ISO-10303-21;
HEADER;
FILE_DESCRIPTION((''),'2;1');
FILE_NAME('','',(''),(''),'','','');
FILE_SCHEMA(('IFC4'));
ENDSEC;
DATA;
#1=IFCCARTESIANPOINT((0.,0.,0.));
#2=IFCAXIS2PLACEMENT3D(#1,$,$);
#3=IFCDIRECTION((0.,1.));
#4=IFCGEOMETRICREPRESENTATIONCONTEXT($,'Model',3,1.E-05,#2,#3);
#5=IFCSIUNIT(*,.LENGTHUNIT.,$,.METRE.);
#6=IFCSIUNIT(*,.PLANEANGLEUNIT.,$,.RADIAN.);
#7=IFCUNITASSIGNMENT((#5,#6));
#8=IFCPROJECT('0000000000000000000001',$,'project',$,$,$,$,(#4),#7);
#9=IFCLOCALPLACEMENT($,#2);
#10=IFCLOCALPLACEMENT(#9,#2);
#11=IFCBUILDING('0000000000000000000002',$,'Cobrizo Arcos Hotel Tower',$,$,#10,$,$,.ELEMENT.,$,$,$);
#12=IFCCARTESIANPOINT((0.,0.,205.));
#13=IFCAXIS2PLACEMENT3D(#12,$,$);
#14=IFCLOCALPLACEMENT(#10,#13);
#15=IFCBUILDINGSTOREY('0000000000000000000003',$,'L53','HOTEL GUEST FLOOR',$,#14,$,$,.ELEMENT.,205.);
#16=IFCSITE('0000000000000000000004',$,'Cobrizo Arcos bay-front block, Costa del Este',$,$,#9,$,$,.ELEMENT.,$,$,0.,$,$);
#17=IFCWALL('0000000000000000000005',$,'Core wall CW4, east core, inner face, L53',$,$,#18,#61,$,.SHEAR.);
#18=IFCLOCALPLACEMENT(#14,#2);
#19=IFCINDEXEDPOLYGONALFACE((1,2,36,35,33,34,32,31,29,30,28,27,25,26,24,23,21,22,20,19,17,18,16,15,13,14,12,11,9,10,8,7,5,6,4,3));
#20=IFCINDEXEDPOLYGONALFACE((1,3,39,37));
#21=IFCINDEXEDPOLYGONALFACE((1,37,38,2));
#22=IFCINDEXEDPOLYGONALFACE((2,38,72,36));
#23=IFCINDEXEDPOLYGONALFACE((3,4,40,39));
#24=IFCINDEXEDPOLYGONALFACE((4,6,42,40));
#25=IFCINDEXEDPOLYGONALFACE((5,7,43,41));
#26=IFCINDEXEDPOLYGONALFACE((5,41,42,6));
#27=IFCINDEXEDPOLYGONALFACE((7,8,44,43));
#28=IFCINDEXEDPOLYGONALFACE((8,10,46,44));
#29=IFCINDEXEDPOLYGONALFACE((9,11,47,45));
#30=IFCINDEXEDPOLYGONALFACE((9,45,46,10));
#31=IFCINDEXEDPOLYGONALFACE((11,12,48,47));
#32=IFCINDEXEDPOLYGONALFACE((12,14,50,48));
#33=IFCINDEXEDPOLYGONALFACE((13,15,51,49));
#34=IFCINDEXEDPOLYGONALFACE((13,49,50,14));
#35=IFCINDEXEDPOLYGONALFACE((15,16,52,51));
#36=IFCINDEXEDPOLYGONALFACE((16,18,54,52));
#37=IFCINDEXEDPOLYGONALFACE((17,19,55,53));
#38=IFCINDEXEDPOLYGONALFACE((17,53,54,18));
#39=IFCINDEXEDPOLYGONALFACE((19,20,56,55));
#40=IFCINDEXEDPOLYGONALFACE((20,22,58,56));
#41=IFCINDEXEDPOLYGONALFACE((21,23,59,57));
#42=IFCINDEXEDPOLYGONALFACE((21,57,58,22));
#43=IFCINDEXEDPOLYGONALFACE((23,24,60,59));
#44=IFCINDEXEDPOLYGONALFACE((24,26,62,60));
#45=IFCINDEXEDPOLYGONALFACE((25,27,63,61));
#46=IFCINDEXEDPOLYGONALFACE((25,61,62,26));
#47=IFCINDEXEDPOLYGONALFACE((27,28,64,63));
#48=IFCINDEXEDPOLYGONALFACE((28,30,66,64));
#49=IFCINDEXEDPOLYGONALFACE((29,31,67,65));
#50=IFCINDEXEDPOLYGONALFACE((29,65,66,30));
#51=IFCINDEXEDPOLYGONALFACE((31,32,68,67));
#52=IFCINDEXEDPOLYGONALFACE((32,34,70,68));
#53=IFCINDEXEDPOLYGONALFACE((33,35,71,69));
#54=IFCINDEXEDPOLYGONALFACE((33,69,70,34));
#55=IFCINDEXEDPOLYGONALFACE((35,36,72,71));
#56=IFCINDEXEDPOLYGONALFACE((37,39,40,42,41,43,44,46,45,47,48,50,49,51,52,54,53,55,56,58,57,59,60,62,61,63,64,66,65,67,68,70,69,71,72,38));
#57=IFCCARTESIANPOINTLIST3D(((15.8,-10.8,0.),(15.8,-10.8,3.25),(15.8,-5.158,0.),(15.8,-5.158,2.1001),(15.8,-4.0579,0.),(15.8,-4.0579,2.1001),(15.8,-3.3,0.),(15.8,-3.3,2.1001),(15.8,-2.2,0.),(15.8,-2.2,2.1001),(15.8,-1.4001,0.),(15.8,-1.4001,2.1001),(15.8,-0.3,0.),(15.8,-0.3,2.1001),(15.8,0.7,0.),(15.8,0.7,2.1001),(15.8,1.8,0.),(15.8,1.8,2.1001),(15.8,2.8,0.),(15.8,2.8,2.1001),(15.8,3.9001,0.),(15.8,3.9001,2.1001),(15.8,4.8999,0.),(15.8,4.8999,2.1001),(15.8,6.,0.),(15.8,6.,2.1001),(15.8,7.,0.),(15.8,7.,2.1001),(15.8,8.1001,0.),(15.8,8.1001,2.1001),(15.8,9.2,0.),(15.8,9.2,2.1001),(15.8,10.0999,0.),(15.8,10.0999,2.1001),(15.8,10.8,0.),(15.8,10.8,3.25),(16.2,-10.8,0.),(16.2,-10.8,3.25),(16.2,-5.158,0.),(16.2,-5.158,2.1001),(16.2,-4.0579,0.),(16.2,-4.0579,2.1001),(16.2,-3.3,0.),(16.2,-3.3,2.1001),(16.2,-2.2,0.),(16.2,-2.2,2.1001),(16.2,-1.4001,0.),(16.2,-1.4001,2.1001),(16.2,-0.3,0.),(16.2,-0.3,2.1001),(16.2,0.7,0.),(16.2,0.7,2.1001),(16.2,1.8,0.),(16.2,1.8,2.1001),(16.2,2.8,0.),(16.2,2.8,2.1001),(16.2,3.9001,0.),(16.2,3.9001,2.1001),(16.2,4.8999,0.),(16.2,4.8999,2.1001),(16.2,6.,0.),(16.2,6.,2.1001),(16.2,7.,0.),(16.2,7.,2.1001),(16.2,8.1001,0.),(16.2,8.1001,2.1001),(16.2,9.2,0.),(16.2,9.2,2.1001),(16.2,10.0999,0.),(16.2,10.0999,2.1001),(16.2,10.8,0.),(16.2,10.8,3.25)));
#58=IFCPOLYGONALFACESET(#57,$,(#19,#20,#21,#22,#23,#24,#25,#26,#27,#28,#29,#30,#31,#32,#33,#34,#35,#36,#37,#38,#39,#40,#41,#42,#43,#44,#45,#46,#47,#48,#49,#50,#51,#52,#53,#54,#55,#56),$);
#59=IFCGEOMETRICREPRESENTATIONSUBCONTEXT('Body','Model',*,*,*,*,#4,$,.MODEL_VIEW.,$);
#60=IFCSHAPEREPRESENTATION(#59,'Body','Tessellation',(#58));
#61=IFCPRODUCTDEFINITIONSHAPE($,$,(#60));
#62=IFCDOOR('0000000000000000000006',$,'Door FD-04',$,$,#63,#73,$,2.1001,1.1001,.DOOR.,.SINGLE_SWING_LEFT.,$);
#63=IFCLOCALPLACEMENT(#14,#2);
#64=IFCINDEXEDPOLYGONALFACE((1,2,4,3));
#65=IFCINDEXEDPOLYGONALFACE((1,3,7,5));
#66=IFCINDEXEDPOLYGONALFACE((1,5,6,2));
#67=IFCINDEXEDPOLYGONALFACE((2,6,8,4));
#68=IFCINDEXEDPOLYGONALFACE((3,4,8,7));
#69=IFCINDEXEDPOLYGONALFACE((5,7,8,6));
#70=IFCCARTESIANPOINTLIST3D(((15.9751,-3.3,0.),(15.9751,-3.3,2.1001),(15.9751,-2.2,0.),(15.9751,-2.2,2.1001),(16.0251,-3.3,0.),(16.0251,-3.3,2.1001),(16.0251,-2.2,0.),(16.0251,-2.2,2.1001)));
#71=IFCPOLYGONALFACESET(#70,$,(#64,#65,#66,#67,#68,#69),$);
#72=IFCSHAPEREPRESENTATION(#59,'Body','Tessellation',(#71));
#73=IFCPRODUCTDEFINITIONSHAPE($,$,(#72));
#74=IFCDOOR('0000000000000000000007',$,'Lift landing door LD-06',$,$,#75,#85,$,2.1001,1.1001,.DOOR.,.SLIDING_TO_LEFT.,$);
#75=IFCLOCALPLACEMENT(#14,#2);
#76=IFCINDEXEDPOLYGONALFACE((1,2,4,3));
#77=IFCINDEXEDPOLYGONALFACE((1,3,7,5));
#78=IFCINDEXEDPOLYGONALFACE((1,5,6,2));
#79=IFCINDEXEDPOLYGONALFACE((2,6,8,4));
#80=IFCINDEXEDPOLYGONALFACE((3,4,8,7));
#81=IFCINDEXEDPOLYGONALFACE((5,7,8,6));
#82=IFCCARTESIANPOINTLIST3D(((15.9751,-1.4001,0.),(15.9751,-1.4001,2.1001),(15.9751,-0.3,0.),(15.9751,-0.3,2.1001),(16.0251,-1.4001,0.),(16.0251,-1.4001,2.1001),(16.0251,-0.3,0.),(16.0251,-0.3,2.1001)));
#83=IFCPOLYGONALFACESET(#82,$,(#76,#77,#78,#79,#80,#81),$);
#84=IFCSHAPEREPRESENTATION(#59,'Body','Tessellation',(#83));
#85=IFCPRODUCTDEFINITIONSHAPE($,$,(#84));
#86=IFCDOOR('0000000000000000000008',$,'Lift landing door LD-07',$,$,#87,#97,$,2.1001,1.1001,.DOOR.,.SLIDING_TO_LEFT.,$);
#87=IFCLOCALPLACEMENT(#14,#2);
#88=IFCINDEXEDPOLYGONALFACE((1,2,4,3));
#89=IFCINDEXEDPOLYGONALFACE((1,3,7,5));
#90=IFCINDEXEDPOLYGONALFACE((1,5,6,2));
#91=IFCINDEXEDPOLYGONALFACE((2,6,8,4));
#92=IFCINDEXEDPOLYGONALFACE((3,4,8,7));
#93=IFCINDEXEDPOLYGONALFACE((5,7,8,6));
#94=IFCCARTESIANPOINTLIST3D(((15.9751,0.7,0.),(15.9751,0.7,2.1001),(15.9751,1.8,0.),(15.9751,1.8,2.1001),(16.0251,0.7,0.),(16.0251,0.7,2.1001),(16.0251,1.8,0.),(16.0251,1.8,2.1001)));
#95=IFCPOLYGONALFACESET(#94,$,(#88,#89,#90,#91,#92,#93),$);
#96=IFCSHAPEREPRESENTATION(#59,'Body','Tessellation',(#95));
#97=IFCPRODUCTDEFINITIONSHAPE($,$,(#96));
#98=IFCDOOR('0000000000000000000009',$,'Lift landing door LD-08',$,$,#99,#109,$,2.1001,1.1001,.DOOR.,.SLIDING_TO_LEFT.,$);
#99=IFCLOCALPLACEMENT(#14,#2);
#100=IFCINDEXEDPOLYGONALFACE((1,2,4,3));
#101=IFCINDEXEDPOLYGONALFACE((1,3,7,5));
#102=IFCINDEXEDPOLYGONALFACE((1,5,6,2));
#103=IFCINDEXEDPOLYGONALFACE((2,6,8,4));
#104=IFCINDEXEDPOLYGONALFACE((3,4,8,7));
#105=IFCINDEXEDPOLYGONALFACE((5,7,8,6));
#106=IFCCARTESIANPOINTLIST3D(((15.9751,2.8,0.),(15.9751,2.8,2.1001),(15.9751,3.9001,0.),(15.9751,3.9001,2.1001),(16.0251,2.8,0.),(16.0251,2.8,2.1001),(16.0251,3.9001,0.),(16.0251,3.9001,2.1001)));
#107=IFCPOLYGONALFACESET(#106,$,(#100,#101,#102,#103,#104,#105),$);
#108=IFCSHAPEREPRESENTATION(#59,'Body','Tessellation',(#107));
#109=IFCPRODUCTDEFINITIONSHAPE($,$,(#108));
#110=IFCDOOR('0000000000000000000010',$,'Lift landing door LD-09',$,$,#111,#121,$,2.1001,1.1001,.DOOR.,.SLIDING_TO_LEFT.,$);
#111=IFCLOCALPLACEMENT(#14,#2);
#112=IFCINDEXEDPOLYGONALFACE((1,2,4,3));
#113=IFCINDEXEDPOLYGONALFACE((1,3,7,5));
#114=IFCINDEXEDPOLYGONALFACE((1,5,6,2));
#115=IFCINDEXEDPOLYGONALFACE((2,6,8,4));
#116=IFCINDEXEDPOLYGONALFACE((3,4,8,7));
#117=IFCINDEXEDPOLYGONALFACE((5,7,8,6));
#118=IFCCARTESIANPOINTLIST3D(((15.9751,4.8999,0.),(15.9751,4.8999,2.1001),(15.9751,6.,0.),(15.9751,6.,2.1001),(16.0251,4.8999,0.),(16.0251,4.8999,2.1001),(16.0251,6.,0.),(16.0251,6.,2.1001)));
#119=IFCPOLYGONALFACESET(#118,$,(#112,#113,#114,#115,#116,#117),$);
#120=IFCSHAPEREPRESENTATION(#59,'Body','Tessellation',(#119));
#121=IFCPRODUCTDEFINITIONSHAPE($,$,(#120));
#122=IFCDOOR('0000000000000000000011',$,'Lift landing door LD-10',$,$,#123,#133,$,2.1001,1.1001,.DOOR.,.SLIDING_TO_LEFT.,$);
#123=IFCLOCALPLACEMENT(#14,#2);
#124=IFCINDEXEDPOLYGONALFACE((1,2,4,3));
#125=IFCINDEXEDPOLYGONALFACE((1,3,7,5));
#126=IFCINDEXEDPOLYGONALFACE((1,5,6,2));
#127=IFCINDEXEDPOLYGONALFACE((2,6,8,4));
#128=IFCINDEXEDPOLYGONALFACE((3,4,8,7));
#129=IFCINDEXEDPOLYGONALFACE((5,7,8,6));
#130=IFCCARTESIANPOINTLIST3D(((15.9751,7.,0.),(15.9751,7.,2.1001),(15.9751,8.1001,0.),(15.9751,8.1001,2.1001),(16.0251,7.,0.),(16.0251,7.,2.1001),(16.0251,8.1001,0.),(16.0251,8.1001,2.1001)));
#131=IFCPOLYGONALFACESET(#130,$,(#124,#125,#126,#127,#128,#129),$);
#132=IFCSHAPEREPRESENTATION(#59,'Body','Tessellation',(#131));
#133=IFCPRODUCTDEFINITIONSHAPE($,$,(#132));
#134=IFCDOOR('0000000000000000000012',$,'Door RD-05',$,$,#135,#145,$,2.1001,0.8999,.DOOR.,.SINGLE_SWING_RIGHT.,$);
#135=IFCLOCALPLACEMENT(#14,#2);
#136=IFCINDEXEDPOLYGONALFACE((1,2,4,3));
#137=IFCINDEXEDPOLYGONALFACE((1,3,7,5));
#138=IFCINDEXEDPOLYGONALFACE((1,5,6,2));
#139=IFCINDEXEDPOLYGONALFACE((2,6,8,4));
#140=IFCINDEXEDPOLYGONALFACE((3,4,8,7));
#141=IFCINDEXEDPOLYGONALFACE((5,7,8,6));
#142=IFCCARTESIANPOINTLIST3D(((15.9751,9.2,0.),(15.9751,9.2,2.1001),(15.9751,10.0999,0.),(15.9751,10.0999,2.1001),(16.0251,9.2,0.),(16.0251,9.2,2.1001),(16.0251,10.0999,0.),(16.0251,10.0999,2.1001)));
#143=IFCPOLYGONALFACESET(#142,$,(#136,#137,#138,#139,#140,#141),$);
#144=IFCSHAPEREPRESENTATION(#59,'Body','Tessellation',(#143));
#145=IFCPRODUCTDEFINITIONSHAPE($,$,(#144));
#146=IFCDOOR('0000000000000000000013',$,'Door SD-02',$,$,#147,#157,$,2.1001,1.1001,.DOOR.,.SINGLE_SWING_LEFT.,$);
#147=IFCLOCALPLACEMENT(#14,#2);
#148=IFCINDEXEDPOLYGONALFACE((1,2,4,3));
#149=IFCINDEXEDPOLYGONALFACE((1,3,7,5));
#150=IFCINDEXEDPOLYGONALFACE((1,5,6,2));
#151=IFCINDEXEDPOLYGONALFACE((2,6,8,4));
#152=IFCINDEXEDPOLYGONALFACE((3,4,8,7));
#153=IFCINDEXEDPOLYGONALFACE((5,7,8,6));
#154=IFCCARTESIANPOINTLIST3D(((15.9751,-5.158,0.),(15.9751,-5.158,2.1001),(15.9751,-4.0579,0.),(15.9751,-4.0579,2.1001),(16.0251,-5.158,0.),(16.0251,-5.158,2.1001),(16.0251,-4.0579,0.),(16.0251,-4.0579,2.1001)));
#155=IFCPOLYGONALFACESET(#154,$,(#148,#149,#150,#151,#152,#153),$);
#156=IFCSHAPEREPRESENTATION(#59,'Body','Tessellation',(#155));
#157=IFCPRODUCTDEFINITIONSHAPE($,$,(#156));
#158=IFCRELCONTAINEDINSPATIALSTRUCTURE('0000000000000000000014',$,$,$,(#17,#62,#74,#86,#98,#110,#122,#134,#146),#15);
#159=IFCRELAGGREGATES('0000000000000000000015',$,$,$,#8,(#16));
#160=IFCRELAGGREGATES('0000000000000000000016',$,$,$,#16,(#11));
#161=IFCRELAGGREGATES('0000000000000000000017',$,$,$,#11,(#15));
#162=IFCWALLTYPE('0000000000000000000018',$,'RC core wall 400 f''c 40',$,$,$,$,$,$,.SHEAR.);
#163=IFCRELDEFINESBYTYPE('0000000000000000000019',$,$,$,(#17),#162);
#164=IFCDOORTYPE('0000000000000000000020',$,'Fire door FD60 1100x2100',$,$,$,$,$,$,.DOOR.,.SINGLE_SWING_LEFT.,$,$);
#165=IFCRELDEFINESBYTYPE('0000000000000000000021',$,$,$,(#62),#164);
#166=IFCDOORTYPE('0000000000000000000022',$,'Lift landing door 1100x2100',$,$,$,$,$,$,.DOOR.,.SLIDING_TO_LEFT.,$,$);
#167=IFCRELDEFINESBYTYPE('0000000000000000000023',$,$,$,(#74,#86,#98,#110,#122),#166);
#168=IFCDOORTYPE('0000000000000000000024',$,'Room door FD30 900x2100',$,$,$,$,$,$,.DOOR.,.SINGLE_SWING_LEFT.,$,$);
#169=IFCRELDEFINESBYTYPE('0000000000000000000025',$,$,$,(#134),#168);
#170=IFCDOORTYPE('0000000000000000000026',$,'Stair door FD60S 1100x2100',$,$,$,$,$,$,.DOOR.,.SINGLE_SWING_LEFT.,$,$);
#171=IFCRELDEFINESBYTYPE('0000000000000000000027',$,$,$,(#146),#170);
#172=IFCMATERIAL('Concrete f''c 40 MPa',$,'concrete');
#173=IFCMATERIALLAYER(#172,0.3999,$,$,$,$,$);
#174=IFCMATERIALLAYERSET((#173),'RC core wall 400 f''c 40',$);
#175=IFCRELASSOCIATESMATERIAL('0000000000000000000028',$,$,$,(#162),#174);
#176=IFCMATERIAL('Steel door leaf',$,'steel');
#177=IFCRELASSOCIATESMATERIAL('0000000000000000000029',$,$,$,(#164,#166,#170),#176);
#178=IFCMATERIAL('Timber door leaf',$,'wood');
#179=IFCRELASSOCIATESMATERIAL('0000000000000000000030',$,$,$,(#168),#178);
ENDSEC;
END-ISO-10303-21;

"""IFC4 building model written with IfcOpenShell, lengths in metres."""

from ifc_helpers import new_model, si_unit, direction, frame, frame_2d, origin, place, context, subcontext, project, spatial, rectangle, extrude, material, layer, layer_set, type_object, element, fill, save


model = new_model("IFC4")

# Units and contexts
model_context = context("Model", 3, precision=1e-05, world=origin(), true_north=direction((0.0, 1.0)))
body_context = subcontext(model_context, "Body", "Model", "MODEL_VIEW")
ifc_project = project(units=[si_unit("LENGTHUNIT", "METRE"), si_unit("PLANEANGLEUNIT", "RADIAN")], contexts=[model_context])

# Site, building, storey
site_placement = place(None, origin())
site = spatial("IfcSite", under=ifc_project, at=site_placement, Name="Cobrizo Arcos bay-front block, Costa del Este", CompositionType="ELEMENT", RefElevation=0.0)
building_placement = place(site_placement, origin())
building = spatial("IfcBuilding", under=site, at=building_placement, Name="Cobrizo Arcos Hotel Tower", CompositionType="ELEMENT")
storey_placement = place(building_placement, frame((0.0, 0.0, 205.0)))
storey = spatial("IfcBuildingStorey", under=building, at=storey_placement, Name="L53", Description="HOTEL GUEST FLOOR", CompositionType="ELEMENT", Elevation=205.0)

# Wall, openings, doors
ifc_material_1 = material(Name="Concrete f'c 40 MPa", Category="concrete")
ifc_layer_1 = layer(ifc_material_1, 0.3999)
ifc_layer_set_1 = layer_set([ifc_layer_1], Name="RC core wall 400 f'c 40")
wall_type_1 = type_object("IfcWallType", Name="RC core wall 400 f'c 40", PredefinedType="SHEAR", material=ifc_layer_set_1)
wall_1_placement = place(storey_placement, frame((16.0, -10.8, 0.0), z_axis=(0.0, 0.0, 1.0), x_axis=(0.0, 1.0, 0.0)))
wall_1 = element("IfcWall", 1, at=wall_1_placement, inside=storey, type_object=wall_type_1, Name="Core wall CW4, east core, inner face, L53", PredefinedType="SHEAR", context=body_context, shape_type="SweptSolid", body=[
    extrude(rectangle(XDim=21.6001, YDim=0.3999, at=frame_2d((10.8, 0.0))), origin(), (0.0, 0.0, 1.0), 3.25),
])
opening_1_placement = place(wall_1_placement, frame((9.3999, 0.0, 0.0)))
opening_1 = element("IfcOpeningElement", 2, at=opening_1_placement, cuts=wall_1, PredefinedType="OPENING", context=body_context, shape_type="SweptSolid", body=[
    extrude(rectangle(XDim=1.1001, YDim=2.1001, at=frame_2d((0.55, 1.05))), frame((0.0, 0.2119, 0.0), z_axis=(0.0, -1.0, 0.0), x_axis=(1.0, 0.0, 0.0)), (0.0, 0.0, 1.0), 0.4238),
])
opening_2_placement = place(wall_1_placement, frame((11.5, 0.0, 0.0)))
opening_2 = element("IfcOpeningElement", 3, at=opening_2_placement, cuts=wall_1, PredefinedType="OPENING", context=body_context, shape_type="SweptSolid", body=[
    extrude(rectangle(XDim=1.1001, YDim=2.1001, at=frame_2d((0.55, 1.05))), frame((0.0, 0.2119, 0.0), z_axis=(0.0, -1.0, 0.0), x_axis=(1.0, 0.0, 0.0)), (0.0, 0.0, 1.0), 0.4238),
])
opening_3_placement = place(wall_1_placement, frame((13.6001, 0.0, 0.0)))
opening_3 = element("IfcOpeningElement", 4, at=opening_3_placement, cuts=wall_1, PredefinedType="OPENING", context=body_context, shape_type="SweptSolid", body=[
    extrude(rectangle(XDim=1.1001, YDim=2.1001, at=frame_2d((0.55, 1.05))), frame((0.0, 0.2119, 0.0), z_axis=(0.0, -1.0, 0.0), x_axis=(1.0, 0.0, 0.0)), (0.0, 0.0, 1.0), 0.4238),
])
opening_4_placement = place(wall_1_placement, frame((15.7, 0.0, 0.0)))
opening_4 = element("IfcOpeningElement", 5, at=opening_4_placement, cuts=wall_1, PredefinedType="OPENING", context=body_context, shape_type="SweptSolid", body=[
    extrude(rectangle(XDim=1.1001, YDim=2.1001, at=frame_2d((0.55, 1.05))), frame((0.0, 0.2119, 0.0), z_axis=(0.0, -1.0, 0.0), x_axis=(1.0, 0.0, 0.0)), (0.0, 0.0, 1.0), 0.4238),
])
opening_5_placement = place(wall_1_placement, frame((17.8, 0.0, 0.0)))
opening_5 = element("IfcOpeningElement", 6, at=opening_5_placement, cuts=wall_1, PredefinedType="OPENING", context=body_context, shape_type="SweptSolid", body=[
    extrude(rectangle(XDim=1.1001, YDim=2.1001, at=frame_2d((0.55, 1.05))), frame((0.0, 0.2119, 0.0), z_axis=(0.0, -1.0, 0.0), x_axis=(1.0, 0.0, 0.0)), (0.0, 0.0, 1.0), 0.4238),
])
opening_6_placement = place(wall_1_placement, frame((5.6421, 0.0, 0.0)))
opening_6 = element("IfcOpeningElement", 7, at=opening_6_placement, cuts=wall_1, PredefinedType="OPENING", context=body_context, shape_type="SweptSolid", body=[
    extrude(rectangle(XDim=1.1001, YDim=2.1001, at=frame_2d((0.55, 1.05))), frame((0.0, 0.2119, 0.0), z_axis=(0.0, -1.0, 0.0), x_axis=(1.0, 0.0, 0.0)), (0.0, 0.0, 1.0), 0.4238),
])
opening_7_placement = place(wall_1_placement, frame((7.5, 0.0, 0.0)))
opening_7 = element("IfcOpeningElement", 8, at=opening_7_placement, cuts=wall_1, PredefinedType="OPENING", context=body_context, shape_type="SweptSolid", body=[
    extrude(rectangle(XDim=1.1001, YDim=2.1001, at=frame_2d((0.55, 1.05))), frame((0.0, 0.2119, 0.0), z_axis=(0.0, -1.0, 0.0), x_axis=(1.0, 0.0, 0.0)), (0.0, 0.0, 1.0), 0.4238),
])
opening_8_placement = place(wall_1_placement, frame((20.0, 0.0, 0.0)))
opening_8 = element("IfcOpeningElement", 9, at=opening_8_placement, cuts=wall_1, PredefinedType="OPENING", context=body_context, shape_type="SweptSolid", body=[
    extrude(rectangle(XDim=0.8999, YDim=2.1001, at=frame_2d((0.45, 1.05))), frame((0.0, 0.2119, 0.0), z_axis=(0.0, -1.0, 0.0), x_axis=(1.0, 0.0, 0.0)), (0.0, 0.0, 1.0), 0.4238),
])
ifc_material_2 = material(Name="Steel door leaf", Category="steel")
door_type_1 = type_object("IfcDoorType", Name="Fire door FD60 1100x2100", OperationType="SINGLE_SWING_LEFT", PredefinedType="DOOR", material=ifc_material_2)
door_1_placement = place(opening_7_placement, origin())
door_1 = element("IfcDoor", 10, at=door_1_placement, inside=storey, type_object=door_type_1, Name="Door FD-04", OperationType="SINGLE_SWING_LEFT", OverallHeight=2.1001, OverallWidth=1.1001, PredefinedType="DOOR", context=body_context, shape_type="SweptSolid", body=[
    extrude(rectangle(XDim=1.1001, YDim=2.1001, at=frame_2d((0.55, 1.05))), frame((0.0, 0.0249, 0.0), z_axis=(0.0, -1.0, 0.0), x_axis=(1.0, 0.0, 0.0)), (0.0, 0.0, 1.0), 0.05),
])
fill(opening_7, door_1)
door_type_2 = type_object("IfcDoorType", Name="Lift landing door 1100x2100", OperationType="SLIDING_TO_LEFT", PredefinedType="DOOR", material=ifc_material_2)
door_2_placement = place(opening_1_placement, origin())
door_2 = element("IfcDoor", 11, at=door_2_placement, inside=storey, type_object=door_type_2, Name="Lift landing door LD-06", OperationType="SLIDING_TO_LEFT", OverallHeight=2.1001, OverallWidth=1.1001, PredefinedType="DOOR", context=body_context, shape_type="SweptSolid", body=[
    extrude(rectangle(XDim=1.1001, YDim=2.1001, at=frame_2d((0.55, 1.05))), frame((0.0, 0.0249, 0.0), z_axis=(0.0, -1.0, 0.0), x_axis=(1.0, 0.0, 0.0)), (0.0, 0.0, 1.0), 0.05),
])
fill(opening_1, door_2)
door_3_placement = place(opening_2_placement, origin())
door_3 = element("IfcDoor", 12, at=door_3_placement, inside=storey, type_object=door_type_2, Name="Lift landing door LD-07", OperationType="SLIDING_TO_LEFT", OverallHeight=2.1001, OverallWidth=1.1001, PredefinedType="DOOR", context=body_context, shape_type="SweptSolid", body=[
    extrude(rectangle(XDim=1.1001, YDim=2.1001, at=frame_2d((0.55, 1.05))), frame((0.0, 0.0249, 0.0), z_axis=(0.0, -1.0, 0.0), x_axis=(1.0, 0.0, 0.0)), (0.0, 0.0, 1.0), 0.05),
])
fill(opening_2, door_3)
door_4_placement = place(opening_3_placement, origin())
door_4 = element("IfcDoor", 13, at=door_4_placement, inside=storey, type_object=door_type_2, Name="Lift landing door LD-08", OperationType="SLIDING_TO_LEFT", OverallHeight=2.1001, OverallWidth=1.1001, PredefinedType="DOOR", context=body_context, shape_type="SweptSolid", body=[
    extrude(rectangle(XDim=1.1001, YDim=2.1001, at=frame_2d((0.55, 1.05))), frame((0.0, 0.0249, 0.0), z_axis=(0.0, -1.0, 0.0), x_axis=(1.0, 0.0, 0.0)), (0.0, 0.0, 1.0), 0.05),
])
fill(opening_3, door_4)
door_5_placement = place(opening_4_placement, origin())
door_5 = element("IfcDoor", 14, at=door_5_placement, inside=storey, type_object=door_type_2, Name="Lift landing door LD-09", OperationType="SLIDING_TO_LEFT", OverallHeight=2.1001, OverallWidth=1.1001, PredefinedType="DOOR", context=body_context, shape_type="SweptSolid", body=[
    extrude(rectangle(XDim=1.1001, YDim=2.1001, at=frame_2d((0.55, 1.05))), frame((0.0, 0.0249, 0.0), z_axis=(0.0, -1.0, 0.0), x_axis=(1.0, 0.0, 0.0)), (0.0, 0.0, 1.0), 0.05),
])
fill(opening_4, door_5)
door_6_placement = place(opening_5_placement, origin())
door_6 = element("IfcDoor", 15, at=door_6_placement, inside=storey, type_object=door_type_2, Name="Lift landing door LD-10", OperationType="SLIDING_TO_LEFT", OverallHeight=2.1001, OverallWidth=1.1001, PredefinedType="DOOR", context=body_context, shape_type="SweptSolid", body=[
    extrude(rectangle(XDim=1.1001, YDim=2.1001, at=frame_2d((0.55, 1.05))), frame((0.0, 0.0249, 0.0), z_axis=(0.0, -1.0, 0.0), x_axis=(1.0, 0.0, 0.0)), (0.0, 0.0, 1.0), 0.05),
])
fill(opening_5, door_6)
ifc_material_3 = material(Name="Timber door leaf", Category="wood")
door_type_3 = type_object("IfcDoorType", Name="Room door FD30 900x2100", OperationType="SINGLE_SWING_LEFT", PredefinedType="DOOR", material=ifc_material_3)
door_7_placement = place(opening_8_placement, origin())
door_7 = element("IfcDoor", 16, at=door_7_placement, inside=storey, type_object=door_type_3, Name="Door RD-05", OperationType="SINGLE_SWING_RIGHT", OverallHeight=2.1001, OverallWidth=0.8999, PredefinedType="DOOR", context=body_context, shape_type="SweptSolid", body=[
    extrude(rectangle(XDim=0.8999, YDim=2.1001, at=frame_2d((0.45, 1.05))), frame((0.0, 0.0249, 0.0), z_axis=(0.0, -1.0, 0.0), x_axis=(1.0, 0.0, 0.0)), (0.0, 0.0, 1.0), 0.05),
])
fill(opening_8, door_7)
door_type_4 = type_object("IfcDoorType", Name="Stair door FD60S 1100x2100", OperationType="SINGLE_SWING_LEFT", PredefinedType="DOOR", material=ifc_material_2)
door_8_placement = place(opening_6_placement, origin())
door_8 = element("IfcDoor", 17, at=door_8_placement, inside=storey, type_object=door_type_4, Name="Door SD-02", OperationType="SINGLE_SWING_LEFT", OverallHeight=2.1001, OverallWidth=1.1001, PredefinedType="DOOR", context=body_context, shape_type="SweptSolid", body=[
    extrude(rectangle(XDim=1.1001, YDim=2.1001, at=frame_2d((0.55, 1.05))), frame((0.0, 0.0249, 0.0), z_axis=(0.0, -1.0, 0.0), x_axis=(1.0, 0.0, 0.0)), (0.0, 0.0, 1.0), 0.05),
])
fill(opening_6, door_8)

save(model, "model.ifc")
